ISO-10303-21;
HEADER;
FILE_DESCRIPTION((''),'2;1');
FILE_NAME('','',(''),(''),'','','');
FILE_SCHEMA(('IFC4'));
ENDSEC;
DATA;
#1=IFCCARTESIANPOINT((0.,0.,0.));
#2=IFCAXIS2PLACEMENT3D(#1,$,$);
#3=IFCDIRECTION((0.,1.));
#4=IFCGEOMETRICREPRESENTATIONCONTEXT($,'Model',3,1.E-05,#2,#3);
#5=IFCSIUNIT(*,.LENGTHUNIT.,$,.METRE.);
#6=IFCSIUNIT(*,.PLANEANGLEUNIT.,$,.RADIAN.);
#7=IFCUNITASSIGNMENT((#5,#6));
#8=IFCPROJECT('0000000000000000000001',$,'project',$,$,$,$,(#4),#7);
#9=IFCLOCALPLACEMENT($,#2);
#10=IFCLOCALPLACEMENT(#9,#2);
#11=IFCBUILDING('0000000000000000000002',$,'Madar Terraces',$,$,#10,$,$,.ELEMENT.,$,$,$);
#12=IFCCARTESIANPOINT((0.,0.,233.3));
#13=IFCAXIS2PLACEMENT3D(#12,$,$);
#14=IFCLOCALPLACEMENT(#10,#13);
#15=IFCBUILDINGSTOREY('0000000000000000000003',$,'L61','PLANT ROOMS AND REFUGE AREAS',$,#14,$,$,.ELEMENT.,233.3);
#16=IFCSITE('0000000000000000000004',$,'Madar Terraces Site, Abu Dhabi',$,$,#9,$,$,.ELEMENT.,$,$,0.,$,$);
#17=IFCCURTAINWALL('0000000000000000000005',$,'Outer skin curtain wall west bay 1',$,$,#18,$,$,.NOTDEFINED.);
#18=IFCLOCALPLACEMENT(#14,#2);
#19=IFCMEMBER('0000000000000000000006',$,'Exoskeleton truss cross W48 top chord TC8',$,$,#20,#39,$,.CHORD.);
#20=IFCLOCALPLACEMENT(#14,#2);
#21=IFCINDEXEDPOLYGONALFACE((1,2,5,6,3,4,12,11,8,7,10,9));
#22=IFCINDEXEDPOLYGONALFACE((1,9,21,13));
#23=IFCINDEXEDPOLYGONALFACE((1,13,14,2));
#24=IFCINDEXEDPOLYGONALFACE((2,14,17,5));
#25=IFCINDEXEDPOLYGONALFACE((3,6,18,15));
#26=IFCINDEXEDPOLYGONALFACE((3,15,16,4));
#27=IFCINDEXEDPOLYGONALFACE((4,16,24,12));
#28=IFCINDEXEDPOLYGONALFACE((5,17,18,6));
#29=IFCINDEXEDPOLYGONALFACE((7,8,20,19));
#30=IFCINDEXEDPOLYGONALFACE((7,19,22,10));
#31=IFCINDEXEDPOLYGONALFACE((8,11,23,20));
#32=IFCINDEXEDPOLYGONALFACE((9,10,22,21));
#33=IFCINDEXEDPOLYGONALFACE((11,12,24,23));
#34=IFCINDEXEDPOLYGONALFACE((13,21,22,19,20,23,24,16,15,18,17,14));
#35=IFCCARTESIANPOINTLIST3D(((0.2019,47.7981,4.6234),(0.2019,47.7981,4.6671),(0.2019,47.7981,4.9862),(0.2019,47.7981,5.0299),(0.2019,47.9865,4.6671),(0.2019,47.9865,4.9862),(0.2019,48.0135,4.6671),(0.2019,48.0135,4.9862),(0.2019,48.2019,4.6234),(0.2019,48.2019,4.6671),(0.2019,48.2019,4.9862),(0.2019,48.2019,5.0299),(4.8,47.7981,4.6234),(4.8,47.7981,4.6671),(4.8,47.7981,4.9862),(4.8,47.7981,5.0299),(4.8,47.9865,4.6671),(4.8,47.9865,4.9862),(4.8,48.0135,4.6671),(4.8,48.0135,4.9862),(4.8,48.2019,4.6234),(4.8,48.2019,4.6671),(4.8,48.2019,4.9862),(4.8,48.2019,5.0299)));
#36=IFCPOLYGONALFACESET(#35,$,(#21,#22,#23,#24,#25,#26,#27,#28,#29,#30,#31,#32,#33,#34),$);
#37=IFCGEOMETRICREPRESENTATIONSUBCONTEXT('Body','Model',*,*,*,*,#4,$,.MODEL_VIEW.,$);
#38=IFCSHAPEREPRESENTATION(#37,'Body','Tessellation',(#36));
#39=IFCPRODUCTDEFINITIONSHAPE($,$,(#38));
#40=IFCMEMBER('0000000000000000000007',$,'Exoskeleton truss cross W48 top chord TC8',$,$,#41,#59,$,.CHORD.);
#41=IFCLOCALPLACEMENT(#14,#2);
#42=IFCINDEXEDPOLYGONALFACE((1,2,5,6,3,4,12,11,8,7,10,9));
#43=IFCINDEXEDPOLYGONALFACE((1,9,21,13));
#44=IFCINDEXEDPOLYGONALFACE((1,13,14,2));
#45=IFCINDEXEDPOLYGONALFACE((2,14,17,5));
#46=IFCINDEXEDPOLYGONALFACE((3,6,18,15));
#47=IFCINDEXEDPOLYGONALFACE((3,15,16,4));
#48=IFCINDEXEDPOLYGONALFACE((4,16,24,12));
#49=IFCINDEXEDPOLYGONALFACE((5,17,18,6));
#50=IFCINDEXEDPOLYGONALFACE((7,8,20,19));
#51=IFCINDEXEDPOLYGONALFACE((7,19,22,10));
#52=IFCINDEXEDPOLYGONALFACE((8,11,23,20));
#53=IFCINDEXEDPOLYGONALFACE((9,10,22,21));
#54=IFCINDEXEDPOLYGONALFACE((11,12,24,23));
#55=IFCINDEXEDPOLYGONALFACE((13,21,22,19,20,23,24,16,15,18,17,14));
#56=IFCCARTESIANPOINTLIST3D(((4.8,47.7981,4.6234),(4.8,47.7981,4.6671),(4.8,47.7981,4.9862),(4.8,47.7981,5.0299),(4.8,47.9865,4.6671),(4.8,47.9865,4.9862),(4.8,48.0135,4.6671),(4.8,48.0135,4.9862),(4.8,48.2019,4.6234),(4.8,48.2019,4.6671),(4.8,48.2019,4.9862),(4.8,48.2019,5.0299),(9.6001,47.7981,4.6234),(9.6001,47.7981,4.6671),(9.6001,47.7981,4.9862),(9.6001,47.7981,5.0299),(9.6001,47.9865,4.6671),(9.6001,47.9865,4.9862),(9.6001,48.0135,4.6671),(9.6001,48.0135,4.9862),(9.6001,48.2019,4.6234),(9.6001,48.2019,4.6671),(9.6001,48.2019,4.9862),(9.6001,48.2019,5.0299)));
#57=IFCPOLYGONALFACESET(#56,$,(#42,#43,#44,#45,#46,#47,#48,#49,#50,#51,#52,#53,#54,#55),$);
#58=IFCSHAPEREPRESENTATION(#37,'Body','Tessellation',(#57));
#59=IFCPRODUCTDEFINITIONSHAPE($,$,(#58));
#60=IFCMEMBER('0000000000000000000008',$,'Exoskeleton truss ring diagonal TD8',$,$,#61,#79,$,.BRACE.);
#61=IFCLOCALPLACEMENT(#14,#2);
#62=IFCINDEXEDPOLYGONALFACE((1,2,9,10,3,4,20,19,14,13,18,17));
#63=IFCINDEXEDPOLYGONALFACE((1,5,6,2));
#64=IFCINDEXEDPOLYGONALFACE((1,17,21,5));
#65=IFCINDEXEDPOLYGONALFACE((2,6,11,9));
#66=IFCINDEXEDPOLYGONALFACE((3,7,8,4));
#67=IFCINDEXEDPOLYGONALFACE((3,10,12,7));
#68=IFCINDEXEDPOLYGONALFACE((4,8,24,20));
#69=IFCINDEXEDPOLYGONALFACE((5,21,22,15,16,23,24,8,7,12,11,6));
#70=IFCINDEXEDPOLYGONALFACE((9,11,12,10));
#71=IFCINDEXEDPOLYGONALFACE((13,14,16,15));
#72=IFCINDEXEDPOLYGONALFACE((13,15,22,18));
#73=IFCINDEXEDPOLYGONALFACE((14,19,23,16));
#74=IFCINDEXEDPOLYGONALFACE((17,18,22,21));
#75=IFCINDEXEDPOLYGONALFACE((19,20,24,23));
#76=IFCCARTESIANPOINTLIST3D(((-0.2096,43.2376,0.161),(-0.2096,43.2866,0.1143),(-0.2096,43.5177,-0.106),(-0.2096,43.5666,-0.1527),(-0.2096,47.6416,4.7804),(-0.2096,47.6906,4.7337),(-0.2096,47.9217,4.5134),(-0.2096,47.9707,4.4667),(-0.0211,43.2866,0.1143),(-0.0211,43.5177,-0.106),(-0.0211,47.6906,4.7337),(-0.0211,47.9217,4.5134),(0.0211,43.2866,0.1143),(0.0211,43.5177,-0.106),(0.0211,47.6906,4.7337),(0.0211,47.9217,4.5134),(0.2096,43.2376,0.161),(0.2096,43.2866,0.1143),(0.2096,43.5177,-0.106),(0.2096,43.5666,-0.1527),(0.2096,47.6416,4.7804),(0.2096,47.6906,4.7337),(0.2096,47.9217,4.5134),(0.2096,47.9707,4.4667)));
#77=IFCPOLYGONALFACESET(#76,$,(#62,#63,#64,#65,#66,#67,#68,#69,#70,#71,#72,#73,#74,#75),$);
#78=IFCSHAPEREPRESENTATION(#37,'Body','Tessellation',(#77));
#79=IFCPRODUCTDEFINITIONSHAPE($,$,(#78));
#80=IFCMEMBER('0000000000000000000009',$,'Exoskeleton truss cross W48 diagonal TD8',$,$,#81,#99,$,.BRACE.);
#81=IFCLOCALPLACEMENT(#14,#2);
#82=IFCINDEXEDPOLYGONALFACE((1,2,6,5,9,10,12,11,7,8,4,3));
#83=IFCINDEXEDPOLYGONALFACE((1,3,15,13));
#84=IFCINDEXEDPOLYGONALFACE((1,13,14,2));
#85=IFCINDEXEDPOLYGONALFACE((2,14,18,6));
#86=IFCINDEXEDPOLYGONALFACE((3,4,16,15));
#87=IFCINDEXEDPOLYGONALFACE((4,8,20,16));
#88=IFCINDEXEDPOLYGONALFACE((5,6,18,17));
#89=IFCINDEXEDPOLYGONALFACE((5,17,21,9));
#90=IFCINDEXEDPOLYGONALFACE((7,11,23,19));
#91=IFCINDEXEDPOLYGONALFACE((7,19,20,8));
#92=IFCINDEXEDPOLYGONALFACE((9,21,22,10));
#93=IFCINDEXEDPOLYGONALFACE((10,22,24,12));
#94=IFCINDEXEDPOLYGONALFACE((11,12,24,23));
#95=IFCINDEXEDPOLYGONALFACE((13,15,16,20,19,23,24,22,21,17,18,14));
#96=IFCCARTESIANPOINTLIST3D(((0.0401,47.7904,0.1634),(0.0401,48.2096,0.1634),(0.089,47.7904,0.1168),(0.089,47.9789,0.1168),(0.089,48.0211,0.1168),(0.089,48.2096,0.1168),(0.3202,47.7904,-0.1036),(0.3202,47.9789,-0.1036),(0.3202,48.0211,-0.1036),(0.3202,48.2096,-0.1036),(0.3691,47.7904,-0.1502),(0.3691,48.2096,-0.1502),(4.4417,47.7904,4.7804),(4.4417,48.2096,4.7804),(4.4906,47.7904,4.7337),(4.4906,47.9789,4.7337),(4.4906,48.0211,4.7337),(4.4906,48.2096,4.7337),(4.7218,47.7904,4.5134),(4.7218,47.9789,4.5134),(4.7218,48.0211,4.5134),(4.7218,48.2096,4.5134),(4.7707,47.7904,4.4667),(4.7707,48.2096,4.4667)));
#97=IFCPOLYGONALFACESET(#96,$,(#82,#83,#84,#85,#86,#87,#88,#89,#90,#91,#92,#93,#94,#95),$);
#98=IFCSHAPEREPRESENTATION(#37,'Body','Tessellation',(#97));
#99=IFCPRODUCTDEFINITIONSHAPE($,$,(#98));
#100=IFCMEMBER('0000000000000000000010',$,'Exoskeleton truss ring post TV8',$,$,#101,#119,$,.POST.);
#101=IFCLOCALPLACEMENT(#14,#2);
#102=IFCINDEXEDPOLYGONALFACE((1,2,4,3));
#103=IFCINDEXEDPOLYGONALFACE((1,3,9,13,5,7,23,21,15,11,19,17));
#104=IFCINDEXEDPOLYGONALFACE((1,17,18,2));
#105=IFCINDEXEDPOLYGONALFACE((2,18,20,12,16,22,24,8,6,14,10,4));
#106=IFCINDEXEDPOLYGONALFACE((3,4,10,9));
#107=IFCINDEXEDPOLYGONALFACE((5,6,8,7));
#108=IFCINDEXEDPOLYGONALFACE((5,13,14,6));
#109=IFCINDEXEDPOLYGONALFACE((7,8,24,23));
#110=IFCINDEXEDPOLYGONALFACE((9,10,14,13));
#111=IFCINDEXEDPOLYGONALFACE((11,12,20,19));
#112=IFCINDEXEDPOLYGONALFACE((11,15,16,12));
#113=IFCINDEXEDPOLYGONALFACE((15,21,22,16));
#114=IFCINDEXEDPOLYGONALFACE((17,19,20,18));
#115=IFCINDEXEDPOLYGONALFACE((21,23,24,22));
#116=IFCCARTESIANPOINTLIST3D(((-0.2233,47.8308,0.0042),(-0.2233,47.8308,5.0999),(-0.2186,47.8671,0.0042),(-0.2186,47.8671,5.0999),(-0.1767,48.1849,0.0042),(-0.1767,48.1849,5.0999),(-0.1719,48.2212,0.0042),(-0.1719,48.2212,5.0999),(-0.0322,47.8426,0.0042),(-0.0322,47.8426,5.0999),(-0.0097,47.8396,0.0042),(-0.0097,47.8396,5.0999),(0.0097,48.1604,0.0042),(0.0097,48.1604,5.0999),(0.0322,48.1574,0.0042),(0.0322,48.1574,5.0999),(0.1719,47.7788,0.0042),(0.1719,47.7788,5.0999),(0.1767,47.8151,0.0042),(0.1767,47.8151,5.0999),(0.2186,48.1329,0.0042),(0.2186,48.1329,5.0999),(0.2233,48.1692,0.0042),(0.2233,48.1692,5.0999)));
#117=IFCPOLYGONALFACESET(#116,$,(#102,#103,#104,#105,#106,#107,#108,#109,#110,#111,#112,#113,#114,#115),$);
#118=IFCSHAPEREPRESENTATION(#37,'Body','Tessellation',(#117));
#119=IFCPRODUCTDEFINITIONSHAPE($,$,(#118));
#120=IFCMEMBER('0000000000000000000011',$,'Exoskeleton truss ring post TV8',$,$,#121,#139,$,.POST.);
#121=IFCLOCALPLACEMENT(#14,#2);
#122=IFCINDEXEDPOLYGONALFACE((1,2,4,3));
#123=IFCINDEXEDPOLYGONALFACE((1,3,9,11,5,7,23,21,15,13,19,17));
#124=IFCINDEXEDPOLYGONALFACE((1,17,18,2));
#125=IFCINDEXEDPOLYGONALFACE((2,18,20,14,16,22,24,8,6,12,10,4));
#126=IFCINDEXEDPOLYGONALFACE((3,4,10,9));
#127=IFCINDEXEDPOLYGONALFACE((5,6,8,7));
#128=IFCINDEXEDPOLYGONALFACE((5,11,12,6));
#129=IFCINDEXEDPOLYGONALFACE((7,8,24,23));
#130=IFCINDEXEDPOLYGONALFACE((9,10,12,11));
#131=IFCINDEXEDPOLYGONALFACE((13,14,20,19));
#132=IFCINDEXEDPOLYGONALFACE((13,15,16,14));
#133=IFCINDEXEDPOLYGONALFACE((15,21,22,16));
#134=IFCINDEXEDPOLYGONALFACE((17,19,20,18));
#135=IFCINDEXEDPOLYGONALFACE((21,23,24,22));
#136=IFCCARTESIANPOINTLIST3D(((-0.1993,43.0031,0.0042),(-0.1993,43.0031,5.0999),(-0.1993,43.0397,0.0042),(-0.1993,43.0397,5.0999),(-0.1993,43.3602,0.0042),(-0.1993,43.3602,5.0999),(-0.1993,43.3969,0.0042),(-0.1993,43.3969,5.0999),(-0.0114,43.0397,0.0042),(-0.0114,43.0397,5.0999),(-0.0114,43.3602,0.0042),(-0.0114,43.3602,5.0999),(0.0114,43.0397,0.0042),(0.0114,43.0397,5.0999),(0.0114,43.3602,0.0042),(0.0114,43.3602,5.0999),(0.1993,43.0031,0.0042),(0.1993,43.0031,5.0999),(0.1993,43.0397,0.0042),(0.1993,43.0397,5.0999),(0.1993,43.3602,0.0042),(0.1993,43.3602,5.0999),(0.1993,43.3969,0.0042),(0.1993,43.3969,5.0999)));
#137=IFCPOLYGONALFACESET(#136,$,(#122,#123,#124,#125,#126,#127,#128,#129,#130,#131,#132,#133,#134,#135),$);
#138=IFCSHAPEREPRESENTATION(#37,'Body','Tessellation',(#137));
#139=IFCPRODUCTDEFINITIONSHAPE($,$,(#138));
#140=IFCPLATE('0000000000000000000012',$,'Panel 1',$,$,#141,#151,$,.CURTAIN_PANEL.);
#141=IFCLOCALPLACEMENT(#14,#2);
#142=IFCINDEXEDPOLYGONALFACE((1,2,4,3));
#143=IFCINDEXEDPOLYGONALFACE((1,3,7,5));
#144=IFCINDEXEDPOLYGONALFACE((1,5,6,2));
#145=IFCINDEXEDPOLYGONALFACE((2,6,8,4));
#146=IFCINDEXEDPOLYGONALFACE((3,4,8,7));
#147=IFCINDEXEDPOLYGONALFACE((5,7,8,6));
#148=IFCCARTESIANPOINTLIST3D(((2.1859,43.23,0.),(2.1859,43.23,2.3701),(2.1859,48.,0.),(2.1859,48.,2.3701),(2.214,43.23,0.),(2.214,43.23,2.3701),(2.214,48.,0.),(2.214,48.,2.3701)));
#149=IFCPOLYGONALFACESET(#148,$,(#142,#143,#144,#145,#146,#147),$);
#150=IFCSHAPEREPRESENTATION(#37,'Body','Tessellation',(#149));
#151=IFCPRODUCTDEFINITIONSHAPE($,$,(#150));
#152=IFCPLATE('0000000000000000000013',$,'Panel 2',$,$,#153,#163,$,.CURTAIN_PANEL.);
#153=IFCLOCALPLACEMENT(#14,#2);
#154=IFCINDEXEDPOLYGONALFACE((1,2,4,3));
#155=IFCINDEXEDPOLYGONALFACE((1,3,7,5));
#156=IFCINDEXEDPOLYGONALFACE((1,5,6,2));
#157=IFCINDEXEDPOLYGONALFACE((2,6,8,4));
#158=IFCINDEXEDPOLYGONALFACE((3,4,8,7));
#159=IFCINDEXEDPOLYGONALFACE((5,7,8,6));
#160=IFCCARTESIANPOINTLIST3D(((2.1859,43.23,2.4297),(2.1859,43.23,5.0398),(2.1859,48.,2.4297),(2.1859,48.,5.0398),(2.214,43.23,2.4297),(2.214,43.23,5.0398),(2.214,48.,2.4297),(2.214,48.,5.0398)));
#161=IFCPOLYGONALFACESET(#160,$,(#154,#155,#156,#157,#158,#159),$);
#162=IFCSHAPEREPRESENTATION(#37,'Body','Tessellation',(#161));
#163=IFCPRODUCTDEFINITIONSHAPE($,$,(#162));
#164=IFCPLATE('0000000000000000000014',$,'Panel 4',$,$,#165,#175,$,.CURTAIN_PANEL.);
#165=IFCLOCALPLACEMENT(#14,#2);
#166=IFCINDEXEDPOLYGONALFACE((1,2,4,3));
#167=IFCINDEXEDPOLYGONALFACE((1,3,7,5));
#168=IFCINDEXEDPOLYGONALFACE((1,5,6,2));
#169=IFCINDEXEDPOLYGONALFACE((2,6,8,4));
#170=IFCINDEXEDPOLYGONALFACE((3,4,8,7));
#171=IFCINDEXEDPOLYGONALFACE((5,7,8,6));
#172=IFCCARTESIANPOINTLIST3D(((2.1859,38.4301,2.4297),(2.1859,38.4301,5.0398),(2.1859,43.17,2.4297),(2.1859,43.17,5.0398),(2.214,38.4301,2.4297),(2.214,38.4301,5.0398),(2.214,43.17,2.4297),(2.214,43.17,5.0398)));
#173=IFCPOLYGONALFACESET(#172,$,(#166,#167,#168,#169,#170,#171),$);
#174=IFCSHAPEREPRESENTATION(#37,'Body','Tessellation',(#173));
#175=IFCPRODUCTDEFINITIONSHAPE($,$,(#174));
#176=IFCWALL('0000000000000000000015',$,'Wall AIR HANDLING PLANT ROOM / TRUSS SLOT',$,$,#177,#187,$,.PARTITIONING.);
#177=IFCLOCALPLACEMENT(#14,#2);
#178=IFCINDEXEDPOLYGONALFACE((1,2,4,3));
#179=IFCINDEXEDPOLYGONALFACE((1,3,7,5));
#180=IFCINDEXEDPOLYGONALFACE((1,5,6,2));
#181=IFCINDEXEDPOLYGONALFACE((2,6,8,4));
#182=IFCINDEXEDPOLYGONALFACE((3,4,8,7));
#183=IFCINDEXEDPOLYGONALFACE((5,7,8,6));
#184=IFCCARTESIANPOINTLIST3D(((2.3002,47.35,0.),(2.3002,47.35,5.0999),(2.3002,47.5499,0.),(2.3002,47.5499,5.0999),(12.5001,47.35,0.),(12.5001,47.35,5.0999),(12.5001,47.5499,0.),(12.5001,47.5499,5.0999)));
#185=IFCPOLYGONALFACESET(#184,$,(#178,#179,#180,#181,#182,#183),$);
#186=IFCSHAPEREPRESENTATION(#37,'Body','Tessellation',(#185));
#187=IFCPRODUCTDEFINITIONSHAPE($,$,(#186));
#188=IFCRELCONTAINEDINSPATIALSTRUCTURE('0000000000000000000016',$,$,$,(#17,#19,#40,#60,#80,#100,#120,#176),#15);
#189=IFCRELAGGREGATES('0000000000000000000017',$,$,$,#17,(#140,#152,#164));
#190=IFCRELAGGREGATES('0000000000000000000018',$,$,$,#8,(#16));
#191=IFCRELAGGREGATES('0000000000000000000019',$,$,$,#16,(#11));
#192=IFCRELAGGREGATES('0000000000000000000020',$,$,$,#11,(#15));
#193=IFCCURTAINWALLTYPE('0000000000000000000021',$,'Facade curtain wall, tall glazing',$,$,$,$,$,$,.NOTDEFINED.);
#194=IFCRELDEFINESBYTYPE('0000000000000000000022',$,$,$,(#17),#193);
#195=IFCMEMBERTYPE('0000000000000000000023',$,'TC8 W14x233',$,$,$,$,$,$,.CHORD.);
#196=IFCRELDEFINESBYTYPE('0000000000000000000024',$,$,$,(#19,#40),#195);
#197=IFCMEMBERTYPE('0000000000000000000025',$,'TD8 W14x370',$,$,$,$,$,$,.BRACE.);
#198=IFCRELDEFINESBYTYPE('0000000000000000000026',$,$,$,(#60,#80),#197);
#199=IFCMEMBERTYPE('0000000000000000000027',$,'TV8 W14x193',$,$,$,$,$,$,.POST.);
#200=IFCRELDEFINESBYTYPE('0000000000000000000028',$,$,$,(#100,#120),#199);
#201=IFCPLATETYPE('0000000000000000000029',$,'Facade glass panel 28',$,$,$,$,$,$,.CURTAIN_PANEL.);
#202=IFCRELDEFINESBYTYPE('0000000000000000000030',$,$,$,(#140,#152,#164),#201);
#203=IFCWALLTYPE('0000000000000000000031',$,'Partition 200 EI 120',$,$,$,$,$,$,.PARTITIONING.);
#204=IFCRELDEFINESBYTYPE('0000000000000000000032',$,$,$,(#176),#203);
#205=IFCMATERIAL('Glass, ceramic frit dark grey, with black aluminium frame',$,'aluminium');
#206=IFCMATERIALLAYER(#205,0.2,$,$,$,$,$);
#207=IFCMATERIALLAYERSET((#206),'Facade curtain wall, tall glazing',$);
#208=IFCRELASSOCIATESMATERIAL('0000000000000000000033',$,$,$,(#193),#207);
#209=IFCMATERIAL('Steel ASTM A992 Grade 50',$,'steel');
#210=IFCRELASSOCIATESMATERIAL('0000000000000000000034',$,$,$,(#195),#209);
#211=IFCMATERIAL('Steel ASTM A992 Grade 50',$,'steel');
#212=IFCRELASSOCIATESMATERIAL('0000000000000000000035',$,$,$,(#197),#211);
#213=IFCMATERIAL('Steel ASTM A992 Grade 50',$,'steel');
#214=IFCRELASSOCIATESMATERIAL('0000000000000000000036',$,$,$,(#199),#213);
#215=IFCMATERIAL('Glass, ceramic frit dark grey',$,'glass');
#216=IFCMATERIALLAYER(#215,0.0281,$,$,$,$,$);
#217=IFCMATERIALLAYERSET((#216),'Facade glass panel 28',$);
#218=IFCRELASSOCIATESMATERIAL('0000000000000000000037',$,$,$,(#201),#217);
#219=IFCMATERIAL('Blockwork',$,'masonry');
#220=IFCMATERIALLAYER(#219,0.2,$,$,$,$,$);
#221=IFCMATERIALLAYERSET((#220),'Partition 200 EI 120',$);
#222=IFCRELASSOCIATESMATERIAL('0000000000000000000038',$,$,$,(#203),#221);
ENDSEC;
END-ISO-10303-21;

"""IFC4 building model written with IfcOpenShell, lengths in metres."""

from ifc_helpers import new_model, si_unit, direction, frame, frame_2d, origin, origin_2d, place, context, subcontext, project, spatial, rectangle, i_section, extrude, material, layer, layer_set, material_profile, profile_set, type_object, element, aggregate, save


model = new_model("IFC4")

# Units and contexts
model_context = context("Model", 3, precision=1e-05, world=origin(), true_north=direction((0.0, 1.0)))
body_context = subcontext(model_context, "Body", "Model", "MODEL_VIEW")
ifc_project = project(units=[si_unit("LENGTHUNIT", "METRE"), si_unit("PLANEANGLEUNIT", "RADIAN")], contexts=[model_context])

# Site, building, storey
site_placement = place(None, origin())
site = spatial("IfcSite", under=ifc_project, at=site_placement, Name="Madar Terraces Site, Abu Dhabi", CompositionType="ELEMENT", RefElevation=0.0)
building_placement = place(site_placement, origin())
building = spatial("IfcBuilding", under=site, at=building_placement, Name="Madar Terraces", CompositionType="ELEMENT")
storey_placement = place(building_placement, frame((0.0, 0.0, 233.3)))
storey = spatial("IfcBuildingStorey", under=building, at=storey_placement, Name="L61", Description="PLANT ROOMS AND REFUGE AREAS", CompositionType="ELEMENT", Elevation=233.3)

# Curtain wall
ifc_material_1 = material(Name="Glass, ceramic frit dark grey, with black aluminium frame", Category="aluminium")
ifc_layer_1 = layer(ifc_material_1, 0.2)
ifc_layer_set_1 = layer_set([ifc_layer_1], Name="Facade curtain wall, tall glazing")
curtain_wall_type = type_object("IfcCurtainWallType", Name="Facade curtain wall, tall glazing", PredefinedType="NOTDEFINED", material=ifc_layer_set_1)
curtain_wall_placement = place(storey_placement, origin())
curtain_wall = element("IfcCurtainWall", 1, at=curtain_wall_placement, inside=storey, type_object=curtain_wall_type, Name="Outer skin curtain wall west bay 1", PredefinedType="NOTDEFINED")

# Members
ifc_material_2 = material(Name="Steel ASTM A992 Grade 50", Category="steel")
ifc_material_profile_1 = material_profile(ifc_material_2, i_section(OverallWidth=0.4038, OverallDepth=0.4065, WebThickness=0.0271, FlangeThickness=0.0437, at=origin_2d()), Name="W14x233")
ifc_profile_set_1 = profile_set([ifc_material_profile_1], Name="Steel ASTM A992 Grade 50")
member_type_1 = type_object("IfcMemberType", Name="TC8 W14x233", PredefinedType="CHORD", material=ifc_profile_set_1)
member_1_placement = place(storey_placement, frame((0.2019, 48.0, 4.8267), z_axis=(1.0, 0.0, 0.0), x_axis=(0.0, 1.0, 0.0)))
element("IfcMember", 2, at=member_1_placement, inside=storey, type_object=member_type_1, Name="Exoskeleton truss cross W48 top chord TC8", PredefinedType="CHORD", context=body_context, shape_type="SweptSolid", body=[
    extrude(i_section(OverallWidth=0.4038, OverallDepth=0.4065, WebThickness=0.0271, FlangeThickness=0.0437, at=origin_2d()), origin(), (0.0, 0.0, 1.0), 4.5981),
])
member_2_placement = place(storey_placement, frame((4.8, 48.0, 4.8267), z_axis=(1.0, 0.0, 0.0), x_axis=(0.0, 1.0, 0.0)))
element("IfcMember", 3, at=member_2_placement, inside=storey, type_object=member_type_1, Name="Exoskeleton truss cross W48 top chord TC8", PredefinedType="CHORD", context=body_context, shape_type="SweptSolid", body=[
    extrude(i_section(OverallWidth=0.4038, OverallDepth=0.4065, WebThickness=0.0271, FlangeThickness=0.0437, at=origin_2d()), origin(), (0.0, 0.0, 1.0), 4.8),
])
ifc_material_3 = material(Name="Steel ASTM A992 Grade 50", Category="steel")
ifc_material_profile_2 = material_profile(ifc_material_3, i_section(OverallWidth=0.4192, OverallDepth=0.4546, WebThickness=0.0422, FlangeThickness=0.0676, at=origin_2d()), Name="W14x370")
ifc_profile_set_2 = profile_set([ifc_material_profile_2], Name="Steel ASTM A992 Grade 50")
member_type_2 = type_object("IfcMemberType", Name="TD8 W14x370", PredefinedType="BRACE", material=ifc_profile_set_2)
member_3_placement = place(storey_placement, frame((0.0, 47.8062, 4.6235), z_axis=(0.0, -0.690036, -0.723775), x_axis=(1.0, 0.0, 0.0)))
element("IfcMember", 4, at=member_3_placement, inside=storey, type_object=member_type_2, Name="Exoskeleton truss ring diagonal TD8", PredefinedType="BRACE", context=body_context, shape_type="SweptSolid", body=[
    extrude(i_section(OverallWidth=0.4192, OverallDepth=0.4546, WebThickness=0.0422, FlangeThickness=0.0676, at=origin_2d()), origin(), (0.0, 0.0, 1.0), 6.3823),
])
member_4_placement = place(storey_placement, frame((0.2046, 48.0, 0.0066), z_axis=(0.690027, 0.0, 0.723784), x_axis=(0.0, 1.0, 0.0)))
element("IfcMember", 5, at=member_4_placement, inside=storey, type_object=member_type_2, Name="Exoskeleton truss cross W48 diagonal TD8", PredefinedType="BRACE", context=body_context, shape_type="SweptSolid", body=[
    extrude(i_section(OverallWidth=0.4192, OverallDepth=0.4546, WebThickness=0.0422, FlangeThickness=0.0676, at=origin_2d()), origin(), (0.0, 0.0, 1.0), 6.3789),
])
ifc_material_4 = material(Name="Steel ASTM A992 Grade 50", Category="steel")
ifc_material_profile_3 = material_profile(ifc_material_4, i_section(OverallWidth=0.3987, OverallDepth=0.3938, WebThickness=0.0227, FlangeThickness=0.0366, at=origin_2d()), Name="W14x193")
ifc_profile_set_3 = profile_set([ifc_material_profile_3], Name="Steel ASTM A992 Grade 50")
member_type_3 = type_object("IfcMemberType", Name="TV8 W14x193", PredefinedType="POST", material=ifc_profile_set_3)
for number, where, z_axis, x_axis, name in (
    (6, (0.0, 48.0, 0.0042), (0.0, 0.0, 1.0), (0.991445, -0.130526, 0.0), "Exoskeleton truss ring post TV8"),
    (7, (0.0, 43.2, 0.0042), (0.0, 0.0, 1.0), (1.0, 0.0, 0.0), "Exoskeleton truss ring post TV8"),
):
    element("IfcMember", number, at=place(storey_placement, frame(where, z_axis=z_axis, x_axis=x_axis)), inside=storey, type_object=member_type_3, Name=name, PredefinedType="POST", context=body_context, shape_type="SweptSolid", body=[
        extrude(i_section(OverallWidth=0.3987, OverallDepth=0.3938, WebThickness=0.0227, FlangeThickness=0.0366, at=origin_2d()), origin(), (0.0, 0.0, 1.0), 5.0957),
    ])

# Plates
ifc_material_5 = material(Name="Glass, ceramic frit dark grey", Category="glass")
ifc_layer_2 = layer(ifc_material_5, 0.0281)
ifc_layer_set_2 = layer_set([ifc_layer_2], Name="Facade glass panel 28")
plate_type = type_object("IfcPlateType", Name="Facade glass panel 28", PredefinedType="CURTAIN_PANEL", material=ifc_layer_set_2)
plate_1_placement = place(storey_placement, frame((2.2, 45.615, 0.0), z_axis=(0.0, 0.0, 1.0), x_axis=(0.0, -1.0, 0.0)))
plate_1 = element("IfcPlate", 8, at=plate_1_placement, type_object=plate_type, Name="Panel 1", PredefinedType="CURTAIN_PANEL", context=body_context, shape_type="SweptSolid", body=[
    extrude(rectangle(XDim=4.77, YDim=0.0281, at=origin_2d()), origin(), (0.0, 0.0, 1.0), 2.3701),
])
plate_2_placement = place(storey_placement, frame((2.2, 45.615, 2.4297), z_axis=(0.0, 0.0, 1.0), x_axis=(0.0, -1.0, 0.0)))
plate_2 = element("IfcPlate", 9, at=plate_2_placement, type_object=plate_type, Name="Panel 2", PredefinedType="CURTAIN_PANEL", context=body_context, shape_type="SweptSolid", body=[
    extrude(rectangle(XDim=4.77, YDim=0.0281, at=origin_2d()), origin(), (0.0, 0.0, 1.0), 2.6101),
])
plate_3_placement = place(storey_placement, frame((2.2, 40.8, 2.4297), z_axis=(0.0, 0.0, 1.0), x_axis=(0.0, -1.0, 0.0)))
plate_3 = element("IfcPlate", 10, at=plate_3_placement, type_object=plate_type, Name="Panel 4", PredefinedType="CURTAIN_PANEL", context=body_context, shape_type="SweptSolid", body=[
    extrude(rectangle(XDim=4.74, YDim=0.0281, at=origin_2d()), origin(), (0.0, 0.0, 1.0), 2.6101),
])
aggregate(curtain_wall, [plate_1, plate_2, plate_3])

# Wall
ifc_material_6 = material(Name="Blockwork", Category="masonry")
ifc_layer_3 = layer(ifc_material_6, 0.2)
ifc_layer_set_3 = layer_set([ifc_layer_3], Name="Partition 200 EI 120")
wall_type = type_object("IfcWallType", Name="Partition 200 EI 120", PredefinedType="PARTITIONING", material=ifc_layer_set_3)
wall_1_placement = place(storey_placement, frame((2.3, 47.45, 0.0), z_axis=(0.0, 0.0, 1.0), x_axis=(1.0, 0.0, 0.0)))
element("IfcWall", 11, at=wall_1_placement, inside=storey, type_object=wall_type, Name="Wall AIR HANDLING PLANT ROOM / TRUSS SLOT", PredefinedType="PARTITIONING", context=body_context, shape_type="SweptSolid", body=[
    extrude(rectangle(XDim=10.2, YDim=0.2, at=frame_2d((5.1001, 0.0))), origin(), (0.0, 0.0, 1.0), 5.0999),
])

save(model, "model.ifc")
